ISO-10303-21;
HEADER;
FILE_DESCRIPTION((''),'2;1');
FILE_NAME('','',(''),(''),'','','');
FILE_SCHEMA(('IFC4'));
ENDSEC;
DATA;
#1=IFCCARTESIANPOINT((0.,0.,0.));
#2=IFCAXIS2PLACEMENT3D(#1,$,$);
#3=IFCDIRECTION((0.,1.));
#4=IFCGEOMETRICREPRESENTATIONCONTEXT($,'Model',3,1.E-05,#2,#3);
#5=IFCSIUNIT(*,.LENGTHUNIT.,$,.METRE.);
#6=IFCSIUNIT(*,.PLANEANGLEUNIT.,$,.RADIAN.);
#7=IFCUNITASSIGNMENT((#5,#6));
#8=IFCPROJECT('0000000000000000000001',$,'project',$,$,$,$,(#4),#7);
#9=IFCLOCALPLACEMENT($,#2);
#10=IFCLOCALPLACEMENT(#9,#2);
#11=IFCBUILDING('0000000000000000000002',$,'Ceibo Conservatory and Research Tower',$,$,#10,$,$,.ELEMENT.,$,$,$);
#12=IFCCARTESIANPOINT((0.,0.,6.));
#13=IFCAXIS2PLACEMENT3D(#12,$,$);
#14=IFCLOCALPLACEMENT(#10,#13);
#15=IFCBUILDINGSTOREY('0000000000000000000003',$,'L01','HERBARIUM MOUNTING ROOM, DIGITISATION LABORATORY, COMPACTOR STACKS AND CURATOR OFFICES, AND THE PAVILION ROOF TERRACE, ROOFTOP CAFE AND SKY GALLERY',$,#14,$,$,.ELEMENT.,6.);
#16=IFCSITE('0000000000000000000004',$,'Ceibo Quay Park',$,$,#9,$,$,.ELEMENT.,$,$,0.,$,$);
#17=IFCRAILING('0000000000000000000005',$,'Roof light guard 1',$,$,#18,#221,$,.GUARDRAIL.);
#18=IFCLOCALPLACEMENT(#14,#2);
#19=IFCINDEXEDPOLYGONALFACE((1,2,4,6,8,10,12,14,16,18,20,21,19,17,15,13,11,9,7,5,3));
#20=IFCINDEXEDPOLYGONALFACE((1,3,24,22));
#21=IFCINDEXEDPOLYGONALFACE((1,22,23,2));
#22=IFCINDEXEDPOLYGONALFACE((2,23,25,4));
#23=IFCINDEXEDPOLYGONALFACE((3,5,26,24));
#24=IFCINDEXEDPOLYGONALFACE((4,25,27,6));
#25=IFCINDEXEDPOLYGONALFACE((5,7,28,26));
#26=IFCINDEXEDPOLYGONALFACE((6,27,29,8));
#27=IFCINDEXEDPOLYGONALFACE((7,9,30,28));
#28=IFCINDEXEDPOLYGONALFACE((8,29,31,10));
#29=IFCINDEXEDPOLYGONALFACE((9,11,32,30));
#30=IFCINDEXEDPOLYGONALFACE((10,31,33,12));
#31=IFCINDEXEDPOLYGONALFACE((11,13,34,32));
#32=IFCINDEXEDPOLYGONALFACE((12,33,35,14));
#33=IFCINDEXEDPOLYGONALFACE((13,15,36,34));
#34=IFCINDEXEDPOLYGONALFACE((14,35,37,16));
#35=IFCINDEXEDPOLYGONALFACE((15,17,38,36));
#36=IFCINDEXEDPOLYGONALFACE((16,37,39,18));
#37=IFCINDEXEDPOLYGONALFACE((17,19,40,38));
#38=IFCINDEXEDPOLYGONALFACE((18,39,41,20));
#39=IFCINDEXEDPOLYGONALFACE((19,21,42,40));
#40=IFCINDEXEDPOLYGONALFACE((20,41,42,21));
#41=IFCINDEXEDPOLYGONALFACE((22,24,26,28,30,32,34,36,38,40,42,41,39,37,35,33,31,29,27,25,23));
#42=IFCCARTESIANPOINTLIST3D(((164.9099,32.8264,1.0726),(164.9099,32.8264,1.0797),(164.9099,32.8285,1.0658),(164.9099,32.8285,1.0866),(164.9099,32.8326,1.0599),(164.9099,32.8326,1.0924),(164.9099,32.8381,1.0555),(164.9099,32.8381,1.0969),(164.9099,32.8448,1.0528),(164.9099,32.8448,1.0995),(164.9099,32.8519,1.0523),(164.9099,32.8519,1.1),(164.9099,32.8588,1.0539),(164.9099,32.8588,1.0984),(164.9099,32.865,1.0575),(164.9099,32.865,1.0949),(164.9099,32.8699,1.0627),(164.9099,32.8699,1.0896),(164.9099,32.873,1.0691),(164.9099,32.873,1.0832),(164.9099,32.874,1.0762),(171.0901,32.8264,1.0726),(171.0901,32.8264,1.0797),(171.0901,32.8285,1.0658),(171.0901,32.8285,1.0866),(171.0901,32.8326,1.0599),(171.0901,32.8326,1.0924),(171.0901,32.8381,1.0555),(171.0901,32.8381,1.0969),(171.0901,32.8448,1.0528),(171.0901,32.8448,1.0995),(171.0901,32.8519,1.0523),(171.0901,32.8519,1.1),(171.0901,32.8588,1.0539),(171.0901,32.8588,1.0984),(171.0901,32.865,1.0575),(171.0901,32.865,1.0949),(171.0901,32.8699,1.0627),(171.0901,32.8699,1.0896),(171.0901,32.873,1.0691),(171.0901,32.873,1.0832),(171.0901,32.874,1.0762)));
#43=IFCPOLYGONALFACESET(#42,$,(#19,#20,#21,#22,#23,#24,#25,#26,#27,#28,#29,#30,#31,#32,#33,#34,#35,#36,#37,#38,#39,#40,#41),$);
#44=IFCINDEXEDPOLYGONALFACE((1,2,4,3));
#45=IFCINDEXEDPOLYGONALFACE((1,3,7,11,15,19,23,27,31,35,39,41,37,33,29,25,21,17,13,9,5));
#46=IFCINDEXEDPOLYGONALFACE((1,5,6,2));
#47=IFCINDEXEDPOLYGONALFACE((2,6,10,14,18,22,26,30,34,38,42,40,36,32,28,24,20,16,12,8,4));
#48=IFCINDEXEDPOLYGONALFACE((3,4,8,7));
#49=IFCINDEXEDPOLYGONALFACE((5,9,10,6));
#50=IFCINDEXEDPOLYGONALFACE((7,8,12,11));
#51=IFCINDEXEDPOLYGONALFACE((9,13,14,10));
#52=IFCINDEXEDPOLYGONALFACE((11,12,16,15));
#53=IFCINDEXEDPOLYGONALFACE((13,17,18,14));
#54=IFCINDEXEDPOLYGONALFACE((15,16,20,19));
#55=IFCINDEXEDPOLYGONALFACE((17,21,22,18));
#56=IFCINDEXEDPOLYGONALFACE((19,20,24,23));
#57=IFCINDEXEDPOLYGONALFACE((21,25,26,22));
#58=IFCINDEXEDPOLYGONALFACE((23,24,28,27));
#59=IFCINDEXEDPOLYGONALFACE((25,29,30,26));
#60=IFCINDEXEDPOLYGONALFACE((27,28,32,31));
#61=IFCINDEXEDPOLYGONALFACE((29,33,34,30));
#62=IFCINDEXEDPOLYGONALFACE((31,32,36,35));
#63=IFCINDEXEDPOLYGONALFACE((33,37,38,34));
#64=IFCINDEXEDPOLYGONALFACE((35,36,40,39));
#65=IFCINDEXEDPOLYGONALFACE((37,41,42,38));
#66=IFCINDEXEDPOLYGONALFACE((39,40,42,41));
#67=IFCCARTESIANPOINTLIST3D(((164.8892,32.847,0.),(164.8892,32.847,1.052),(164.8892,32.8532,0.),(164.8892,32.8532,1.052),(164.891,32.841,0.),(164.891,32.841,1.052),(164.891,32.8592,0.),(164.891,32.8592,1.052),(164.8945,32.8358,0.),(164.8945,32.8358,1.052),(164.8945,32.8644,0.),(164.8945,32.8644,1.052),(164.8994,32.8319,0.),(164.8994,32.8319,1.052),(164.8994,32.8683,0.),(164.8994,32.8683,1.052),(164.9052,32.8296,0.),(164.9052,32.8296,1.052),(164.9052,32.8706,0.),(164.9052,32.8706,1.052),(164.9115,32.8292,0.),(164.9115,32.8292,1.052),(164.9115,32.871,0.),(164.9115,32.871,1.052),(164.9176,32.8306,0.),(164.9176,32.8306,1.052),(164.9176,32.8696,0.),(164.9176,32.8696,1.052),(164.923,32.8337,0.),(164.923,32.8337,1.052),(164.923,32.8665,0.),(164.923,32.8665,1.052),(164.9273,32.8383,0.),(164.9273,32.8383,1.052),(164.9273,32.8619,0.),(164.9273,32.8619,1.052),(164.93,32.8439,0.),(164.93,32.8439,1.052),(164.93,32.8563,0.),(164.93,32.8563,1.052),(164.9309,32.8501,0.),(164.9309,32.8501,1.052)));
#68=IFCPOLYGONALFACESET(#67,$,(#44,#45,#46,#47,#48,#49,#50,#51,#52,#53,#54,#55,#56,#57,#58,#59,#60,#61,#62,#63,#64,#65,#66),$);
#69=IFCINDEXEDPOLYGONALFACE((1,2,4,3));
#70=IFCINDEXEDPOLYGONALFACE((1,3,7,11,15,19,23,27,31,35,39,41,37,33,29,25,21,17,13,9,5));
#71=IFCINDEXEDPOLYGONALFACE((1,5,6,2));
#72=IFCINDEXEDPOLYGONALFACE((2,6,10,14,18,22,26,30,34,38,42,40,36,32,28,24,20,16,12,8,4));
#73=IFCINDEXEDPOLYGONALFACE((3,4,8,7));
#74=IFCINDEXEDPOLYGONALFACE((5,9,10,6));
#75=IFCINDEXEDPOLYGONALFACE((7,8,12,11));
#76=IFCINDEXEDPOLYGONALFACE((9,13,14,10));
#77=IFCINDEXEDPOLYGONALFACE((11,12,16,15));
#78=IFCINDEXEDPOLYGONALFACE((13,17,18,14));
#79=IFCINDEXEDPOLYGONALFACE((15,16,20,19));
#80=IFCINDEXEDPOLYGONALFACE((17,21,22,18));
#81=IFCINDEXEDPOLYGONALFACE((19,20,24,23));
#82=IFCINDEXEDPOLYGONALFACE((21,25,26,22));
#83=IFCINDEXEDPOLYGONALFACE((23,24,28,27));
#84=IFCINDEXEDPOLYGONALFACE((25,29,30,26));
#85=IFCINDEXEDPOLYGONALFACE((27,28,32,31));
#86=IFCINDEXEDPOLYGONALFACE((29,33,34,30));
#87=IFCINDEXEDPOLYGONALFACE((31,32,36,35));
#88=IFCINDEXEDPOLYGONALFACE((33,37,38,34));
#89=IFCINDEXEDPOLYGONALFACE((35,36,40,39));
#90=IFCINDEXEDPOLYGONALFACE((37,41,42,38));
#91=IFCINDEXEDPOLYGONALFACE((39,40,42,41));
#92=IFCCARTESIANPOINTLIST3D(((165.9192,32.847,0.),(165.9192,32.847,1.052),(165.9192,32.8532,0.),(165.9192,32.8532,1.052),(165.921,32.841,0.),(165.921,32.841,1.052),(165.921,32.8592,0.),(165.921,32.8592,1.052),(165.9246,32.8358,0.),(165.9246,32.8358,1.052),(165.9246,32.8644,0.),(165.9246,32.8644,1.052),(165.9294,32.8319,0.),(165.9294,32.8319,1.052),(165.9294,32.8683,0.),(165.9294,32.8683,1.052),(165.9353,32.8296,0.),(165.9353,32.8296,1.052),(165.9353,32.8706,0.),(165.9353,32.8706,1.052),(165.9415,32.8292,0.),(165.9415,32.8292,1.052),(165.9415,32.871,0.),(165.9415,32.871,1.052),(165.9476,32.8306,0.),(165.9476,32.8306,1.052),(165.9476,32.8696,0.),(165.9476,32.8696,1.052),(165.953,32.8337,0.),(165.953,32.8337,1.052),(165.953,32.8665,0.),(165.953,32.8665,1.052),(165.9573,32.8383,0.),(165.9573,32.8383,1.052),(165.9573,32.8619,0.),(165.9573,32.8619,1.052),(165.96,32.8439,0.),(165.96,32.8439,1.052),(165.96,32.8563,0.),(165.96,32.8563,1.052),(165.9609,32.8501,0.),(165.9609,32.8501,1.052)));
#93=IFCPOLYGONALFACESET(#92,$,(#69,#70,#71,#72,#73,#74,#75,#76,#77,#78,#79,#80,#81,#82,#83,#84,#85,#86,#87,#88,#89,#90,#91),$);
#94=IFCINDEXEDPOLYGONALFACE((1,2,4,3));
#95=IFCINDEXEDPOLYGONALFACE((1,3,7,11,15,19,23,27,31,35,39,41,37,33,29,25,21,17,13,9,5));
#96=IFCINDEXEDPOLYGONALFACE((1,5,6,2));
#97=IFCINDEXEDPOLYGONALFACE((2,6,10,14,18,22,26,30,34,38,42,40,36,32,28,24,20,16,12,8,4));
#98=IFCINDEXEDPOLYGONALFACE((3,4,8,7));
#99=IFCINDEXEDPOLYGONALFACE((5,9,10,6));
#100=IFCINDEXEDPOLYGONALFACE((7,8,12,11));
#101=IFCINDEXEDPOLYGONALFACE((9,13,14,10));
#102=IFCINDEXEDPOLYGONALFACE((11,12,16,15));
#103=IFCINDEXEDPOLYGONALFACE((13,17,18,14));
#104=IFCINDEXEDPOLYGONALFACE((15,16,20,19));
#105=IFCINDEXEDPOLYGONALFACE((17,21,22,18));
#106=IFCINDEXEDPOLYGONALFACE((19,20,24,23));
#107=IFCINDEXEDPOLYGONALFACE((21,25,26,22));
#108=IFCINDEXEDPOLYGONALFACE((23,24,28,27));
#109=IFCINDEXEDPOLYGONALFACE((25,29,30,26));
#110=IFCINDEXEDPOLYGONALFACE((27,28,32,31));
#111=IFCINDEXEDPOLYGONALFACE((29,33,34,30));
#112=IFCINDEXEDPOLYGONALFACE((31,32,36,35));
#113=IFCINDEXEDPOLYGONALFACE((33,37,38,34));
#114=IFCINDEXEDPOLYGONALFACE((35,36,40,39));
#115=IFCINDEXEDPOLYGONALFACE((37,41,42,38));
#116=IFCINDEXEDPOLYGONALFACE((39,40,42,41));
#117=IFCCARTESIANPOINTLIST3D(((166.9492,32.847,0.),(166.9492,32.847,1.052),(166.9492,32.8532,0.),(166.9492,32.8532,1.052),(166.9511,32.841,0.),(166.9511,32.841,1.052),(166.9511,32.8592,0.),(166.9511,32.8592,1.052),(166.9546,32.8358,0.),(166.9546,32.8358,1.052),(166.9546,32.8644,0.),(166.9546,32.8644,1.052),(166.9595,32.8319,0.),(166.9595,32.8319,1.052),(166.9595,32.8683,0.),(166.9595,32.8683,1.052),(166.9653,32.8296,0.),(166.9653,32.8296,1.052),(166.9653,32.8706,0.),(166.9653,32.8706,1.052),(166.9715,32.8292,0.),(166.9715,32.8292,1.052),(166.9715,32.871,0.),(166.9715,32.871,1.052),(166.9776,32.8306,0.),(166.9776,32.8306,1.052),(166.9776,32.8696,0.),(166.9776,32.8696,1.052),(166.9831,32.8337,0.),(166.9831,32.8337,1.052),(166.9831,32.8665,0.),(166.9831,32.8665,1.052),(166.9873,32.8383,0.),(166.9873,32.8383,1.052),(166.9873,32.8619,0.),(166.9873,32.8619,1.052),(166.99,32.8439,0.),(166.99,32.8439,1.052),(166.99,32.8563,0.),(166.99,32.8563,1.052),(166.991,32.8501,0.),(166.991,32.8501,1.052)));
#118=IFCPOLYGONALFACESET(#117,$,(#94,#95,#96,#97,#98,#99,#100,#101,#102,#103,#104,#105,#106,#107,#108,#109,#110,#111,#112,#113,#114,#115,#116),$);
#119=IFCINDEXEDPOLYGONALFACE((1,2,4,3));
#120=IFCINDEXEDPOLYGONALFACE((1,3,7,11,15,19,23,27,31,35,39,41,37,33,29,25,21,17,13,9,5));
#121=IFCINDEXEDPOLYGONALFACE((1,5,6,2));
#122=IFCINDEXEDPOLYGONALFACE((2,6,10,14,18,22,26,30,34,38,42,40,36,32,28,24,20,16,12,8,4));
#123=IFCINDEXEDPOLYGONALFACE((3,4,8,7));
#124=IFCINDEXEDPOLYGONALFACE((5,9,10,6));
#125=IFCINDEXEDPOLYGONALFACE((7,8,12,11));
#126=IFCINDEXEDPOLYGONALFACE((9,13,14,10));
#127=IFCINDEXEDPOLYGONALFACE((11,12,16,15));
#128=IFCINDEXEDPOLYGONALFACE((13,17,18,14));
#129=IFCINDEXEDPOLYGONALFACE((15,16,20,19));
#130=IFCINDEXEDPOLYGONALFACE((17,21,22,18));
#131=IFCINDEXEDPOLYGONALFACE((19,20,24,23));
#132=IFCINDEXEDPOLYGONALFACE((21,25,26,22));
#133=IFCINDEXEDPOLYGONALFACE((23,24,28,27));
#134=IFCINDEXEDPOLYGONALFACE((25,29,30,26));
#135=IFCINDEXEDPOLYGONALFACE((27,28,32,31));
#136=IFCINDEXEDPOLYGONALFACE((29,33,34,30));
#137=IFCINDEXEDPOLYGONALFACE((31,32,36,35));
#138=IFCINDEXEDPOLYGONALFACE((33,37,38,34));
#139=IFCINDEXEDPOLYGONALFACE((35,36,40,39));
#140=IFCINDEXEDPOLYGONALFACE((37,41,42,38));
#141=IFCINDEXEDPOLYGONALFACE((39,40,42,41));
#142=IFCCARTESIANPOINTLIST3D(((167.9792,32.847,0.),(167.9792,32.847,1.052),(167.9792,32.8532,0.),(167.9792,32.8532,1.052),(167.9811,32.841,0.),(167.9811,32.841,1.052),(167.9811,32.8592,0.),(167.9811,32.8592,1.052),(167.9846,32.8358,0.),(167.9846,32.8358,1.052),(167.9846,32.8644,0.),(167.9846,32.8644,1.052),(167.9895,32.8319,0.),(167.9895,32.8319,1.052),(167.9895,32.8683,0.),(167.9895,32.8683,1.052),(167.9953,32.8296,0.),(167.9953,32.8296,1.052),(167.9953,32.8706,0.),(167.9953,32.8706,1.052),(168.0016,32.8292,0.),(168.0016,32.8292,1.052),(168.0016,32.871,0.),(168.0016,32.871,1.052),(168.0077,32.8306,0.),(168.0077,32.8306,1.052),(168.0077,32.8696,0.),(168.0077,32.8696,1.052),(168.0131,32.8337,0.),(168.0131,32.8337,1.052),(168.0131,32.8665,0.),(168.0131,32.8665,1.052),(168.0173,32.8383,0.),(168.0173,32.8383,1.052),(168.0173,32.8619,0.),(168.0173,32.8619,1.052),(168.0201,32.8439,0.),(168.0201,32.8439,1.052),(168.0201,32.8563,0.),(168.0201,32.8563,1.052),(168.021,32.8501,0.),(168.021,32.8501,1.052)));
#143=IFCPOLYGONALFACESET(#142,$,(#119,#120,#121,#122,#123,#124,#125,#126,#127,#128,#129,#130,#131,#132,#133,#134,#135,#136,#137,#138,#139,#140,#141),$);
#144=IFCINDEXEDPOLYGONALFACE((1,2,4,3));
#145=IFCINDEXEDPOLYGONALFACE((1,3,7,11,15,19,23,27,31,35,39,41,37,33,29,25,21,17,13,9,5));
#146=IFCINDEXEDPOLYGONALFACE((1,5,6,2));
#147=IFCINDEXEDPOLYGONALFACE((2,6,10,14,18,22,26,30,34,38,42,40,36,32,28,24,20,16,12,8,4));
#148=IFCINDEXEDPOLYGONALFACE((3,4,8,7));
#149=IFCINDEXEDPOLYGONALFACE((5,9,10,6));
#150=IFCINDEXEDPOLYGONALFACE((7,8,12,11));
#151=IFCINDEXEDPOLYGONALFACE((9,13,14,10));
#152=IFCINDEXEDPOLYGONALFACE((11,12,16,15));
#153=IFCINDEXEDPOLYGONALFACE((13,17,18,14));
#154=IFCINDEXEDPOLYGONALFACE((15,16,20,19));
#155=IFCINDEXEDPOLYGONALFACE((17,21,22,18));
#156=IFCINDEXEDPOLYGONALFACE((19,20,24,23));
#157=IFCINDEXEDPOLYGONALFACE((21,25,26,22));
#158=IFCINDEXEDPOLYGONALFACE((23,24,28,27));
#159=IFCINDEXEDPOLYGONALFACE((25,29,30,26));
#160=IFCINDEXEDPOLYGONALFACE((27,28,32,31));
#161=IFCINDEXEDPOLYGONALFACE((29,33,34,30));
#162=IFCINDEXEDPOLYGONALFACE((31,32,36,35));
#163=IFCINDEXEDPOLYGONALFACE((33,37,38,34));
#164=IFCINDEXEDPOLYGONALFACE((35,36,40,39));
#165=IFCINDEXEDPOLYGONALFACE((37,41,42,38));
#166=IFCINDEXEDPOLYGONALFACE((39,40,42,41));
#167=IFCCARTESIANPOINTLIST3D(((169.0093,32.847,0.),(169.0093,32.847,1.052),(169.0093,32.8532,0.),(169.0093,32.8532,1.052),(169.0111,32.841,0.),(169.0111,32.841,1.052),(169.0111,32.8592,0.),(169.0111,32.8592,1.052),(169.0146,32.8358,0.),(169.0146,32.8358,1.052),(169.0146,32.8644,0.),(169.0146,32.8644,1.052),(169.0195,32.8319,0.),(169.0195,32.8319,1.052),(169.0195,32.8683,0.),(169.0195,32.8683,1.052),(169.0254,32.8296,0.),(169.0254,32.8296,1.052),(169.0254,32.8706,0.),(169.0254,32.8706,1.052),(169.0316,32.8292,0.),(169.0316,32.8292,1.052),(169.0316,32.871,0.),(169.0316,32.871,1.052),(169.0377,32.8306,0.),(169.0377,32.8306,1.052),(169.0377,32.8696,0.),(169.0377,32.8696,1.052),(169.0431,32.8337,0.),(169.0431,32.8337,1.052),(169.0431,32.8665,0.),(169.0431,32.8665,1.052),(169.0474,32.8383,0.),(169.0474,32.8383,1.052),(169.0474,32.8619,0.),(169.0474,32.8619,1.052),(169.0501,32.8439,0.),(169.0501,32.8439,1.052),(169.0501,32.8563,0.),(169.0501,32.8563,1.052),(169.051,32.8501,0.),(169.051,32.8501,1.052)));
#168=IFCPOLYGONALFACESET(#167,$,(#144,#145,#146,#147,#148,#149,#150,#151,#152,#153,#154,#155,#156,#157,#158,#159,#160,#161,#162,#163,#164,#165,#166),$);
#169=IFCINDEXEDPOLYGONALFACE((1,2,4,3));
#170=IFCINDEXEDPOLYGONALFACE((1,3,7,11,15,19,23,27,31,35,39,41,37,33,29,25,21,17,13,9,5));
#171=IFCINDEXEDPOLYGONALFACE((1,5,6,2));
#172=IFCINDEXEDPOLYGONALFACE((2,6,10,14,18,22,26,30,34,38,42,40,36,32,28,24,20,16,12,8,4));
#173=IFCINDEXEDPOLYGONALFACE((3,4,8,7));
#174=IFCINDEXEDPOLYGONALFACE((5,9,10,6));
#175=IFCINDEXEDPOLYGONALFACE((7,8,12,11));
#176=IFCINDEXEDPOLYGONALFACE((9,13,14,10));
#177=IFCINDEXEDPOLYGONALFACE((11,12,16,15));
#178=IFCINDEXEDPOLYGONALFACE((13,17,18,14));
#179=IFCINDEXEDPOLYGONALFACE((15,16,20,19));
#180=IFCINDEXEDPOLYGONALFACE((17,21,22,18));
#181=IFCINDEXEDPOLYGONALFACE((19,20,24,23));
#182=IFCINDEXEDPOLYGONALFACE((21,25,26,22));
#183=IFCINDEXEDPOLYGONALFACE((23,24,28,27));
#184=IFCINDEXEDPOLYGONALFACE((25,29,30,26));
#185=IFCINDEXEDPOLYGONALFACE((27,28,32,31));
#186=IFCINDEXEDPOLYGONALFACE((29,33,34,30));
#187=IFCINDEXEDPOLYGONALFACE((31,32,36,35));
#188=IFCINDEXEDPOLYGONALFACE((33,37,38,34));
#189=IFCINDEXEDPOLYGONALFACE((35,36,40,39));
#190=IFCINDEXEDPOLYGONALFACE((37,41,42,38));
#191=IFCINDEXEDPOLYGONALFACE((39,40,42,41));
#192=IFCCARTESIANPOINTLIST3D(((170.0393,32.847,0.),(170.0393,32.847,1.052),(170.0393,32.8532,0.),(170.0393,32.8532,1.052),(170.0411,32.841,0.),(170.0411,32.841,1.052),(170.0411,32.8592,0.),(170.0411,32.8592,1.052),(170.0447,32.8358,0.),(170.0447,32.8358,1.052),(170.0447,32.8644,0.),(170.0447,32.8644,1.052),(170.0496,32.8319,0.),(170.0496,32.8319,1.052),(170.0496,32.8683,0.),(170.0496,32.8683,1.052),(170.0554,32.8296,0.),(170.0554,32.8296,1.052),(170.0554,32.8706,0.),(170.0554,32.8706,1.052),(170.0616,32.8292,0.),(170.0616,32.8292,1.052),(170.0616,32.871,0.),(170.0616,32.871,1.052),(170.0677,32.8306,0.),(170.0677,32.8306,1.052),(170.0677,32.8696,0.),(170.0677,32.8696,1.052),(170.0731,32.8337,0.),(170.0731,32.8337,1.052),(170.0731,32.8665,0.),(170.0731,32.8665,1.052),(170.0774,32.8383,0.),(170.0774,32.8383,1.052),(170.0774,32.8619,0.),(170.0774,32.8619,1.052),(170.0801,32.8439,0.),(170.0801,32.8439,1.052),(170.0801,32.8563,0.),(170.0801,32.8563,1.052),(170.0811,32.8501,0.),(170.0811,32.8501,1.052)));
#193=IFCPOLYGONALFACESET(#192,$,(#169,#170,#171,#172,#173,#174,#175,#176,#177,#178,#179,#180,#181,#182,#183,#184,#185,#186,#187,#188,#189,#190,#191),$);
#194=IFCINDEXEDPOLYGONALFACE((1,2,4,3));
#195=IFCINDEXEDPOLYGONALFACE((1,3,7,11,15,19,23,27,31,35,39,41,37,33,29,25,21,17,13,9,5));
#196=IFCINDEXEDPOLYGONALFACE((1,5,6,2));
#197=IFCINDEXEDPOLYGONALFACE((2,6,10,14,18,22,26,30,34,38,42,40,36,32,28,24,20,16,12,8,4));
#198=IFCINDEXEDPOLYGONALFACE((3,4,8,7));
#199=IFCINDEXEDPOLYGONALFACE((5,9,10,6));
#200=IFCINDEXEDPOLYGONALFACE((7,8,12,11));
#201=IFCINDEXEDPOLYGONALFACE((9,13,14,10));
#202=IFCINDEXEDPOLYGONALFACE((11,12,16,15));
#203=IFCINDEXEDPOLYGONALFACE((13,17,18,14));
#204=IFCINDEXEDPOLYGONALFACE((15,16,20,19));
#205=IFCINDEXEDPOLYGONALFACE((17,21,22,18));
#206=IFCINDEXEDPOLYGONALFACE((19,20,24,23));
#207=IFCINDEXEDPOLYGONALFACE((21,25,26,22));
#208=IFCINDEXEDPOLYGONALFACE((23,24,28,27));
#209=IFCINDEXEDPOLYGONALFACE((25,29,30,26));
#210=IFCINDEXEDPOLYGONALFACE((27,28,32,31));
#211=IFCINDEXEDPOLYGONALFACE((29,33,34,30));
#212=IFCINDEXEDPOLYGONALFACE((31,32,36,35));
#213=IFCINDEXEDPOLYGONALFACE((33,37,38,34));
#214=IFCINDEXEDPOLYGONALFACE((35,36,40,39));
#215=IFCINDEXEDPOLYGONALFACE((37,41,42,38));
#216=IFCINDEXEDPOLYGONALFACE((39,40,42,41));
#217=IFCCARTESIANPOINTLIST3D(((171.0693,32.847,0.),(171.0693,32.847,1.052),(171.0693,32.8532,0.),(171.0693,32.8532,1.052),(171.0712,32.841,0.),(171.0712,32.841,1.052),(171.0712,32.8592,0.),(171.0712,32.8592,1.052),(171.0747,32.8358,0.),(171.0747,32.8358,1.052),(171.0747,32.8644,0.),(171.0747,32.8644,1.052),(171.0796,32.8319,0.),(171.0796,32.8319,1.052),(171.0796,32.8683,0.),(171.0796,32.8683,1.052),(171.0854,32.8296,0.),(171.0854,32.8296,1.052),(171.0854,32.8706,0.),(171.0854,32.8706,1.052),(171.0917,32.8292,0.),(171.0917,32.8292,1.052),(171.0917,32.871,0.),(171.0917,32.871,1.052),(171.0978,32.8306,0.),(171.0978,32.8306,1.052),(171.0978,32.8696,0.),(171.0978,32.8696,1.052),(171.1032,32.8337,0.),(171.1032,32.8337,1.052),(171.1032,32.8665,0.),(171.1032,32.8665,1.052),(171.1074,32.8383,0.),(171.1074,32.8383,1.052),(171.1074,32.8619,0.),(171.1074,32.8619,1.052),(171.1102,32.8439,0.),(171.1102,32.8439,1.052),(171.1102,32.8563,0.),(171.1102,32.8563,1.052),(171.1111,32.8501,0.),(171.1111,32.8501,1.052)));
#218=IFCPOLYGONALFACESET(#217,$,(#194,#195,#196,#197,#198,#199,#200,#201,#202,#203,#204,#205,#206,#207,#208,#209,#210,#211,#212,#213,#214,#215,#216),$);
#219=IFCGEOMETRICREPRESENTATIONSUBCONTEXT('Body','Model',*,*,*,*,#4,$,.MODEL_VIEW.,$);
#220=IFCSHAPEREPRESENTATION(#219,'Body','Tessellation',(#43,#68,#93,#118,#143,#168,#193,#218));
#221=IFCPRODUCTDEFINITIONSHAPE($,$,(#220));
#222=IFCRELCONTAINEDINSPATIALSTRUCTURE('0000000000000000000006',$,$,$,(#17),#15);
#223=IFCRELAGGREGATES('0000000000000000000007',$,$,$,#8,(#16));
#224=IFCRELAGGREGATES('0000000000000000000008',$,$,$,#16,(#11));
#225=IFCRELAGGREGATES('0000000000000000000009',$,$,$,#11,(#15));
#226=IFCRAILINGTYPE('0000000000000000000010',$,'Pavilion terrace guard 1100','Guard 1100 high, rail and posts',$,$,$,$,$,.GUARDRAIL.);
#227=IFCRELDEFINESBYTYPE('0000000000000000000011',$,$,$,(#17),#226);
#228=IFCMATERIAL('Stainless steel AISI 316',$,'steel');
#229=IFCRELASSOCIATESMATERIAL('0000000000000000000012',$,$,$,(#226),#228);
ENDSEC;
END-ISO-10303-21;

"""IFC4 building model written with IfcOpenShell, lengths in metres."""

from ifc_helpers import new_model, si_unit, direction, frame, origin, origin_2d, place, context, subcontext, project, spatial, circle, extrude, material, type_object, element, save


model = new_model("IFC4")

# Units and contexts
model_context = context("Model", 3, precision=1e-05, world=origin(), true_north=direction((0.0, 1.0)))
body_context = subcontext(model_context, "Body", "Model", "MODEL_VIEW")
ifc_project = project(units=[si_unit("LENGTHUNIT", "METRE"), si_unit("PLANEANGLEUNIT", "RADIAN")], contexts=[model_context])

# Site, building, storey
site_placement = place(None, origin())
site = spatial("IfcSite", under=ifc_project, at=site_placement, Name="Ceibo Quay Park", CompositionType="ELEMENT", RefElevation=0.0)
building_placement = place(site_placement, origin())
building = spatial("IfcBuilding", under=site, at=building_placement, Name="Ceibo Conservatory and Research Tower", CompositionType="ELEMENT")
storey_placement = place(building_placement, frame((0.0, 0.0, 6.0)))
storey = spatial("IfcBuildingStorey", under=building, at=storey_placement, Name="L01", Description="HERBARIUM MOUNTING ROOM, DIGITISATION LABORATORY, COMPACTOR STACKS AND CURATOR OFFICES, AND THE PAVILION ROOF TERRACE, ROOFTOP CAFE AND SKY GALLERY", CompositionType="ELEMENT", Elevation=6.0)

# Railing
ifc_material_1 = material(Name="Stainless steel AISI 316", Category="steel")
railing_type = type_object("IfcRailingType", Name="Pavilion terrace guard 1100", Description="Guard 1100 high, rail and posts", PredefinedType="GUARDRAIL", material=ifc_material_1)
railing_1_placement = place(storey_placement, frame((164.9099, 32.8501, 0.0)))
element("IfcRailing", 1, at=railing_1_placement, inside=storey, type_object=railing_type, Name="Roof light guard 1", PredefinedType="GUARDRAIL", context=body_context, shape_type="SweptSolid", body=[
    extrude(circle(Radius=0.0239, at=origin_2d()), frame((0.0, 0.0, 1.0762), z_axis=(1.0, 0.0, 0.0), x_axis=(0.0, 1.0, 0.0)), (0.0, 0.0, 1.0), 6.1802),
    extrude(circle(Radius=0.021, at=origin_2d()), origin(), (0.0, 0.0, 1.0), 1.052),
    extrude(circle(Radius=0.021, at=origin_2d()), frame((1.03, 0.0, 0.0)), (0.0, 0.0, 1.0), 1.052),
    extrude(circle(Radius=0.021, at=origin_2d()), frame((2.0601, 0.0, 0.0)), (0.0, 0.0, 1.0), 1.052),
    extrude(circle(Radius=0.021, at=origin_2d()), frame((3.0901, 0.0, 0.0)), (0.0, 0.0, 1.0), 1.052),
    extrude(circle(Radius=0.021, at=origin_2d()), frame((4.1201, 0.0, 0.0)), (0.0, 0.0, 1.0), 1.052),
    extrude(circle(Radius=0.021, at=origin_2d()), frame((5.1501, 0.0, 0.0)), (0.0, 0.0, 1.0), 1.052),
    extrude(circle(Radius=0.021, at=origin_2d()), frame((6.1802, 0.0, 0.0)), (0.0, 0.0, 1.0), 1.052),
])

save(model, "model.ifc")
